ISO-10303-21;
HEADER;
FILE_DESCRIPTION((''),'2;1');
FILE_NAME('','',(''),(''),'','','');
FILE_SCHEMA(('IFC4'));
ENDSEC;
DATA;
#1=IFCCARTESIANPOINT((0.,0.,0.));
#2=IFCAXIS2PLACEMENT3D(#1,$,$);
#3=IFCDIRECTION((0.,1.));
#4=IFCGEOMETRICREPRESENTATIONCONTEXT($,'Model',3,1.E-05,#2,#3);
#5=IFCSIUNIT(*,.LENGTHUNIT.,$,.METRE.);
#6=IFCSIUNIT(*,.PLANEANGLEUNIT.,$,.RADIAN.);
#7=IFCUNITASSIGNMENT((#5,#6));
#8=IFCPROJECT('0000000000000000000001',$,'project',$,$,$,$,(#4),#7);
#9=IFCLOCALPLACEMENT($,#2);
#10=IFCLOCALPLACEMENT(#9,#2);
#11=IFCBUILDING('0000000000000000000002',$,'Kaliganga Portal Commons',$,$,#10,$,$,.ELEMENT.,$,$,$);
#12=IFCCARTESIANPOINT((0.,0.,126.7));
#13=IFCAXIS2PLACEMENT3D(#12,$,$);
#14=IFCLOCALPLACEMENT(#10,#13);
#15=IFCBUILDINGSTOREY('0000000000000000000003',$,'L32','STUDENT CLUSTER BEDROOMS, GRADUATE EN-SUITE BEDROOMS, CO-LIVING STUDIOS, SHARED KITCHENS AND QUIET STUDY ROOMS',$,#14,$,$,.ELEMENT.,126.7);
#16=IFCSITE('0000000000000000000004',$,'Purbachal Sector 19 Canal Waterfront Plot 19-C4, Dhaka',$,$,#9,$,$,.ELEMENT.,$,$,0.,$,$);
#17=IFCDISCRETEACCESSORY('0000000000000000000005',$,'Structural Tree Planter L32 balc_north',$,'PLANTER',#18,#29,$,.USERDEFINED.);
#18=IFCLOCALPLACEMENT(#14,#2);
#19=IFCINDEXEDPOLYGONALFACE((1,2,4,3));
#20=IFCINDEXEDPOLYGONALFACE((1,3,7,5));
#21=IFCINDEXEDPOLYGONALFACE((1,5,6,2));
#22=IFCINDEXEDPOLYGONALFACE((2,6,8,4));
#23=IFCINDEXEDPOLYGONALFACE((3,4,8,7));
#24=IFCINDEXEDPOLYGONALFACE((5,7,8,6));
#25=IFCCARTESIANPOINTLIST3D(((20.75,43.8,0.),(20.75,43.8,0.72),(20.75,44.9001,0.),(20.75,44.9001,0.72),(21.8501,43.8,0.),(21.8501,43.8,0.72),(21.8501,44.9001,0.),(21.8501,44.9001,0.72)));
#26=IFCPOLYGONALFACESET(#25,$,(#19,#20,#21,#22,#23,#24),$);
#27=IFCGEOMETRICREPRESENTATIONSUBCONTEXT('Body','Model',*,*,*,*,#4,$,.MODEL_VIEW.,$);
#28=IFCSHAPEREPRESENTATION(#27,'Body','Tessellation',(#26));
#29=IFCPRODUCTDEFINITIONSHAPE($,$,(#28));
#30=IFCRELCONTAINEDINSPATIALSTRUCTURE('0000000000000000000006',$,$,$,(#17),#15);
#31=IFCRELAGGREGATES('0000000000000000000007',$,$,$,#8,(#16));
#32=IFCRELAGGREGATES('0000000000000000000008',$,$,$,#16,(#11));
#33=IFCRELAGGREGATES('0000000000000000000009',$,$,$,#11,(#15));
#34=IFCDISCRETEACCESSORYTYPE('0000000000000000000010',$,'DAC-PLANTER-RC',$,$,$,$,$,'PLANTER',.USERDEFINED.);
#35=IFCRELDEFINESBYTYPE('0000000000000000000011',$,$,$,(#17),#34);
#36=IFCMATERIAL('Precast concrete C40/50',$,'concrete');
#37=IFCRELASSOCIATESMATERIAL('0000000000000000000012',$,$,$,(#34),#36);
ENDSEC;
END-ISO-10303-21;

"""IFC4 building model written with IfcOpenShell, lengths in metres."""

from ifc_helpers import new_model, si_unit, direction, frame, origin, origin_2d, place, context, subcontext, project, spatial, rectangle, extrude, source, transform, mapped, material, type_object, element, save


model = new_model("IFC4")

# Units and contexts
model_context = context("Model", 3, precision=1e-05, world=origin(), true_north=direction((0.0, 1.0)))
body_context = subcontext(model_context, "Body", "Model", "MODEL_VIEW")
ifc_project = project(units=[si_unit("LENGTHUNIT", "METRE"), si_unit("PLANEANGLEUNIT", "RADIAN")], contexts=[model_context])

# Site, building, storey
site_placement = place(None, origin())
site = spatial("IfcSite", under=ifc_project, at=site_placement, Name="Purbachal Sector 19 Canal Waterfront Plot 19-C4, Dhaka", CompositionType="ELEMENT", RefElevation=0.0)
building_placement = place(site_placement, origin())
building = spatial("IfcBuilding", under=site, at=building_placement, Name="Kaliganga Portal Commons", CompositionType="ELEMENT")
storey_placement = place(building_placement, frame((0.0, 0.0, 126.7)))
storey = spatial("IfcBuildingStorey", under=building, at=storey_placement, Name="L32", Description="STUDENT CLUSTER BEDROOMS, GRADUATE EN-SUITE BEDROOMS, CO-LIVING STUDIOS, SHARED KITCHENS AND QUIET STUDY ROOMS", CompositionType="ELEMENT", Elevation=126.7)

# Discrete accessory
ifc_material_1 = material(Name="Precast concrete C40/50", Category="concrete")
discrete_accessory_type = type_object("IfcDiscreteAccessoryType", Name="DAC-PLANTER-RC", ElementType="PLANTER", PredefinedType="USERDEFINED", material=ifc_material_1)
shared_shape_1 = source(origin(), body_context, "Body", "SweptSolid", [
    extrude(rectangle(XDim=1.1001, YDim=1.1001, at=origin_2d()), origin(), (0.0, 0.0, 1.0), 0.72),
])
discrete_accessory_placement = place(storey_placement, frame((21.3, 44.3501, 0.0), z_axis=(0.0, 0.0, 1.0), x_axis=(1.0, 0.0, 0.0)))
element("IfcDiscreteAccessory", 1, at=discrete_accessory_placement, inside=storey, type_object=discrete_accessory_type, Name="Structural Tree Planter L32 balc_north", ObjectType="PLANTER", PredefinedType="USERDEFINED", context=body_context, shape_type="MappedRepresentation", body=[
    mapped(shared_shape_1, transform((0.0, 0.0, 0.0), x_axis=(1.0, 0.0, 0.0), y_axis=(0.0, 1.0, 0.0), z_axis=(0.0, 0.0, 1.0), scale=1.0)),
])

save(model, "model.ifc")
